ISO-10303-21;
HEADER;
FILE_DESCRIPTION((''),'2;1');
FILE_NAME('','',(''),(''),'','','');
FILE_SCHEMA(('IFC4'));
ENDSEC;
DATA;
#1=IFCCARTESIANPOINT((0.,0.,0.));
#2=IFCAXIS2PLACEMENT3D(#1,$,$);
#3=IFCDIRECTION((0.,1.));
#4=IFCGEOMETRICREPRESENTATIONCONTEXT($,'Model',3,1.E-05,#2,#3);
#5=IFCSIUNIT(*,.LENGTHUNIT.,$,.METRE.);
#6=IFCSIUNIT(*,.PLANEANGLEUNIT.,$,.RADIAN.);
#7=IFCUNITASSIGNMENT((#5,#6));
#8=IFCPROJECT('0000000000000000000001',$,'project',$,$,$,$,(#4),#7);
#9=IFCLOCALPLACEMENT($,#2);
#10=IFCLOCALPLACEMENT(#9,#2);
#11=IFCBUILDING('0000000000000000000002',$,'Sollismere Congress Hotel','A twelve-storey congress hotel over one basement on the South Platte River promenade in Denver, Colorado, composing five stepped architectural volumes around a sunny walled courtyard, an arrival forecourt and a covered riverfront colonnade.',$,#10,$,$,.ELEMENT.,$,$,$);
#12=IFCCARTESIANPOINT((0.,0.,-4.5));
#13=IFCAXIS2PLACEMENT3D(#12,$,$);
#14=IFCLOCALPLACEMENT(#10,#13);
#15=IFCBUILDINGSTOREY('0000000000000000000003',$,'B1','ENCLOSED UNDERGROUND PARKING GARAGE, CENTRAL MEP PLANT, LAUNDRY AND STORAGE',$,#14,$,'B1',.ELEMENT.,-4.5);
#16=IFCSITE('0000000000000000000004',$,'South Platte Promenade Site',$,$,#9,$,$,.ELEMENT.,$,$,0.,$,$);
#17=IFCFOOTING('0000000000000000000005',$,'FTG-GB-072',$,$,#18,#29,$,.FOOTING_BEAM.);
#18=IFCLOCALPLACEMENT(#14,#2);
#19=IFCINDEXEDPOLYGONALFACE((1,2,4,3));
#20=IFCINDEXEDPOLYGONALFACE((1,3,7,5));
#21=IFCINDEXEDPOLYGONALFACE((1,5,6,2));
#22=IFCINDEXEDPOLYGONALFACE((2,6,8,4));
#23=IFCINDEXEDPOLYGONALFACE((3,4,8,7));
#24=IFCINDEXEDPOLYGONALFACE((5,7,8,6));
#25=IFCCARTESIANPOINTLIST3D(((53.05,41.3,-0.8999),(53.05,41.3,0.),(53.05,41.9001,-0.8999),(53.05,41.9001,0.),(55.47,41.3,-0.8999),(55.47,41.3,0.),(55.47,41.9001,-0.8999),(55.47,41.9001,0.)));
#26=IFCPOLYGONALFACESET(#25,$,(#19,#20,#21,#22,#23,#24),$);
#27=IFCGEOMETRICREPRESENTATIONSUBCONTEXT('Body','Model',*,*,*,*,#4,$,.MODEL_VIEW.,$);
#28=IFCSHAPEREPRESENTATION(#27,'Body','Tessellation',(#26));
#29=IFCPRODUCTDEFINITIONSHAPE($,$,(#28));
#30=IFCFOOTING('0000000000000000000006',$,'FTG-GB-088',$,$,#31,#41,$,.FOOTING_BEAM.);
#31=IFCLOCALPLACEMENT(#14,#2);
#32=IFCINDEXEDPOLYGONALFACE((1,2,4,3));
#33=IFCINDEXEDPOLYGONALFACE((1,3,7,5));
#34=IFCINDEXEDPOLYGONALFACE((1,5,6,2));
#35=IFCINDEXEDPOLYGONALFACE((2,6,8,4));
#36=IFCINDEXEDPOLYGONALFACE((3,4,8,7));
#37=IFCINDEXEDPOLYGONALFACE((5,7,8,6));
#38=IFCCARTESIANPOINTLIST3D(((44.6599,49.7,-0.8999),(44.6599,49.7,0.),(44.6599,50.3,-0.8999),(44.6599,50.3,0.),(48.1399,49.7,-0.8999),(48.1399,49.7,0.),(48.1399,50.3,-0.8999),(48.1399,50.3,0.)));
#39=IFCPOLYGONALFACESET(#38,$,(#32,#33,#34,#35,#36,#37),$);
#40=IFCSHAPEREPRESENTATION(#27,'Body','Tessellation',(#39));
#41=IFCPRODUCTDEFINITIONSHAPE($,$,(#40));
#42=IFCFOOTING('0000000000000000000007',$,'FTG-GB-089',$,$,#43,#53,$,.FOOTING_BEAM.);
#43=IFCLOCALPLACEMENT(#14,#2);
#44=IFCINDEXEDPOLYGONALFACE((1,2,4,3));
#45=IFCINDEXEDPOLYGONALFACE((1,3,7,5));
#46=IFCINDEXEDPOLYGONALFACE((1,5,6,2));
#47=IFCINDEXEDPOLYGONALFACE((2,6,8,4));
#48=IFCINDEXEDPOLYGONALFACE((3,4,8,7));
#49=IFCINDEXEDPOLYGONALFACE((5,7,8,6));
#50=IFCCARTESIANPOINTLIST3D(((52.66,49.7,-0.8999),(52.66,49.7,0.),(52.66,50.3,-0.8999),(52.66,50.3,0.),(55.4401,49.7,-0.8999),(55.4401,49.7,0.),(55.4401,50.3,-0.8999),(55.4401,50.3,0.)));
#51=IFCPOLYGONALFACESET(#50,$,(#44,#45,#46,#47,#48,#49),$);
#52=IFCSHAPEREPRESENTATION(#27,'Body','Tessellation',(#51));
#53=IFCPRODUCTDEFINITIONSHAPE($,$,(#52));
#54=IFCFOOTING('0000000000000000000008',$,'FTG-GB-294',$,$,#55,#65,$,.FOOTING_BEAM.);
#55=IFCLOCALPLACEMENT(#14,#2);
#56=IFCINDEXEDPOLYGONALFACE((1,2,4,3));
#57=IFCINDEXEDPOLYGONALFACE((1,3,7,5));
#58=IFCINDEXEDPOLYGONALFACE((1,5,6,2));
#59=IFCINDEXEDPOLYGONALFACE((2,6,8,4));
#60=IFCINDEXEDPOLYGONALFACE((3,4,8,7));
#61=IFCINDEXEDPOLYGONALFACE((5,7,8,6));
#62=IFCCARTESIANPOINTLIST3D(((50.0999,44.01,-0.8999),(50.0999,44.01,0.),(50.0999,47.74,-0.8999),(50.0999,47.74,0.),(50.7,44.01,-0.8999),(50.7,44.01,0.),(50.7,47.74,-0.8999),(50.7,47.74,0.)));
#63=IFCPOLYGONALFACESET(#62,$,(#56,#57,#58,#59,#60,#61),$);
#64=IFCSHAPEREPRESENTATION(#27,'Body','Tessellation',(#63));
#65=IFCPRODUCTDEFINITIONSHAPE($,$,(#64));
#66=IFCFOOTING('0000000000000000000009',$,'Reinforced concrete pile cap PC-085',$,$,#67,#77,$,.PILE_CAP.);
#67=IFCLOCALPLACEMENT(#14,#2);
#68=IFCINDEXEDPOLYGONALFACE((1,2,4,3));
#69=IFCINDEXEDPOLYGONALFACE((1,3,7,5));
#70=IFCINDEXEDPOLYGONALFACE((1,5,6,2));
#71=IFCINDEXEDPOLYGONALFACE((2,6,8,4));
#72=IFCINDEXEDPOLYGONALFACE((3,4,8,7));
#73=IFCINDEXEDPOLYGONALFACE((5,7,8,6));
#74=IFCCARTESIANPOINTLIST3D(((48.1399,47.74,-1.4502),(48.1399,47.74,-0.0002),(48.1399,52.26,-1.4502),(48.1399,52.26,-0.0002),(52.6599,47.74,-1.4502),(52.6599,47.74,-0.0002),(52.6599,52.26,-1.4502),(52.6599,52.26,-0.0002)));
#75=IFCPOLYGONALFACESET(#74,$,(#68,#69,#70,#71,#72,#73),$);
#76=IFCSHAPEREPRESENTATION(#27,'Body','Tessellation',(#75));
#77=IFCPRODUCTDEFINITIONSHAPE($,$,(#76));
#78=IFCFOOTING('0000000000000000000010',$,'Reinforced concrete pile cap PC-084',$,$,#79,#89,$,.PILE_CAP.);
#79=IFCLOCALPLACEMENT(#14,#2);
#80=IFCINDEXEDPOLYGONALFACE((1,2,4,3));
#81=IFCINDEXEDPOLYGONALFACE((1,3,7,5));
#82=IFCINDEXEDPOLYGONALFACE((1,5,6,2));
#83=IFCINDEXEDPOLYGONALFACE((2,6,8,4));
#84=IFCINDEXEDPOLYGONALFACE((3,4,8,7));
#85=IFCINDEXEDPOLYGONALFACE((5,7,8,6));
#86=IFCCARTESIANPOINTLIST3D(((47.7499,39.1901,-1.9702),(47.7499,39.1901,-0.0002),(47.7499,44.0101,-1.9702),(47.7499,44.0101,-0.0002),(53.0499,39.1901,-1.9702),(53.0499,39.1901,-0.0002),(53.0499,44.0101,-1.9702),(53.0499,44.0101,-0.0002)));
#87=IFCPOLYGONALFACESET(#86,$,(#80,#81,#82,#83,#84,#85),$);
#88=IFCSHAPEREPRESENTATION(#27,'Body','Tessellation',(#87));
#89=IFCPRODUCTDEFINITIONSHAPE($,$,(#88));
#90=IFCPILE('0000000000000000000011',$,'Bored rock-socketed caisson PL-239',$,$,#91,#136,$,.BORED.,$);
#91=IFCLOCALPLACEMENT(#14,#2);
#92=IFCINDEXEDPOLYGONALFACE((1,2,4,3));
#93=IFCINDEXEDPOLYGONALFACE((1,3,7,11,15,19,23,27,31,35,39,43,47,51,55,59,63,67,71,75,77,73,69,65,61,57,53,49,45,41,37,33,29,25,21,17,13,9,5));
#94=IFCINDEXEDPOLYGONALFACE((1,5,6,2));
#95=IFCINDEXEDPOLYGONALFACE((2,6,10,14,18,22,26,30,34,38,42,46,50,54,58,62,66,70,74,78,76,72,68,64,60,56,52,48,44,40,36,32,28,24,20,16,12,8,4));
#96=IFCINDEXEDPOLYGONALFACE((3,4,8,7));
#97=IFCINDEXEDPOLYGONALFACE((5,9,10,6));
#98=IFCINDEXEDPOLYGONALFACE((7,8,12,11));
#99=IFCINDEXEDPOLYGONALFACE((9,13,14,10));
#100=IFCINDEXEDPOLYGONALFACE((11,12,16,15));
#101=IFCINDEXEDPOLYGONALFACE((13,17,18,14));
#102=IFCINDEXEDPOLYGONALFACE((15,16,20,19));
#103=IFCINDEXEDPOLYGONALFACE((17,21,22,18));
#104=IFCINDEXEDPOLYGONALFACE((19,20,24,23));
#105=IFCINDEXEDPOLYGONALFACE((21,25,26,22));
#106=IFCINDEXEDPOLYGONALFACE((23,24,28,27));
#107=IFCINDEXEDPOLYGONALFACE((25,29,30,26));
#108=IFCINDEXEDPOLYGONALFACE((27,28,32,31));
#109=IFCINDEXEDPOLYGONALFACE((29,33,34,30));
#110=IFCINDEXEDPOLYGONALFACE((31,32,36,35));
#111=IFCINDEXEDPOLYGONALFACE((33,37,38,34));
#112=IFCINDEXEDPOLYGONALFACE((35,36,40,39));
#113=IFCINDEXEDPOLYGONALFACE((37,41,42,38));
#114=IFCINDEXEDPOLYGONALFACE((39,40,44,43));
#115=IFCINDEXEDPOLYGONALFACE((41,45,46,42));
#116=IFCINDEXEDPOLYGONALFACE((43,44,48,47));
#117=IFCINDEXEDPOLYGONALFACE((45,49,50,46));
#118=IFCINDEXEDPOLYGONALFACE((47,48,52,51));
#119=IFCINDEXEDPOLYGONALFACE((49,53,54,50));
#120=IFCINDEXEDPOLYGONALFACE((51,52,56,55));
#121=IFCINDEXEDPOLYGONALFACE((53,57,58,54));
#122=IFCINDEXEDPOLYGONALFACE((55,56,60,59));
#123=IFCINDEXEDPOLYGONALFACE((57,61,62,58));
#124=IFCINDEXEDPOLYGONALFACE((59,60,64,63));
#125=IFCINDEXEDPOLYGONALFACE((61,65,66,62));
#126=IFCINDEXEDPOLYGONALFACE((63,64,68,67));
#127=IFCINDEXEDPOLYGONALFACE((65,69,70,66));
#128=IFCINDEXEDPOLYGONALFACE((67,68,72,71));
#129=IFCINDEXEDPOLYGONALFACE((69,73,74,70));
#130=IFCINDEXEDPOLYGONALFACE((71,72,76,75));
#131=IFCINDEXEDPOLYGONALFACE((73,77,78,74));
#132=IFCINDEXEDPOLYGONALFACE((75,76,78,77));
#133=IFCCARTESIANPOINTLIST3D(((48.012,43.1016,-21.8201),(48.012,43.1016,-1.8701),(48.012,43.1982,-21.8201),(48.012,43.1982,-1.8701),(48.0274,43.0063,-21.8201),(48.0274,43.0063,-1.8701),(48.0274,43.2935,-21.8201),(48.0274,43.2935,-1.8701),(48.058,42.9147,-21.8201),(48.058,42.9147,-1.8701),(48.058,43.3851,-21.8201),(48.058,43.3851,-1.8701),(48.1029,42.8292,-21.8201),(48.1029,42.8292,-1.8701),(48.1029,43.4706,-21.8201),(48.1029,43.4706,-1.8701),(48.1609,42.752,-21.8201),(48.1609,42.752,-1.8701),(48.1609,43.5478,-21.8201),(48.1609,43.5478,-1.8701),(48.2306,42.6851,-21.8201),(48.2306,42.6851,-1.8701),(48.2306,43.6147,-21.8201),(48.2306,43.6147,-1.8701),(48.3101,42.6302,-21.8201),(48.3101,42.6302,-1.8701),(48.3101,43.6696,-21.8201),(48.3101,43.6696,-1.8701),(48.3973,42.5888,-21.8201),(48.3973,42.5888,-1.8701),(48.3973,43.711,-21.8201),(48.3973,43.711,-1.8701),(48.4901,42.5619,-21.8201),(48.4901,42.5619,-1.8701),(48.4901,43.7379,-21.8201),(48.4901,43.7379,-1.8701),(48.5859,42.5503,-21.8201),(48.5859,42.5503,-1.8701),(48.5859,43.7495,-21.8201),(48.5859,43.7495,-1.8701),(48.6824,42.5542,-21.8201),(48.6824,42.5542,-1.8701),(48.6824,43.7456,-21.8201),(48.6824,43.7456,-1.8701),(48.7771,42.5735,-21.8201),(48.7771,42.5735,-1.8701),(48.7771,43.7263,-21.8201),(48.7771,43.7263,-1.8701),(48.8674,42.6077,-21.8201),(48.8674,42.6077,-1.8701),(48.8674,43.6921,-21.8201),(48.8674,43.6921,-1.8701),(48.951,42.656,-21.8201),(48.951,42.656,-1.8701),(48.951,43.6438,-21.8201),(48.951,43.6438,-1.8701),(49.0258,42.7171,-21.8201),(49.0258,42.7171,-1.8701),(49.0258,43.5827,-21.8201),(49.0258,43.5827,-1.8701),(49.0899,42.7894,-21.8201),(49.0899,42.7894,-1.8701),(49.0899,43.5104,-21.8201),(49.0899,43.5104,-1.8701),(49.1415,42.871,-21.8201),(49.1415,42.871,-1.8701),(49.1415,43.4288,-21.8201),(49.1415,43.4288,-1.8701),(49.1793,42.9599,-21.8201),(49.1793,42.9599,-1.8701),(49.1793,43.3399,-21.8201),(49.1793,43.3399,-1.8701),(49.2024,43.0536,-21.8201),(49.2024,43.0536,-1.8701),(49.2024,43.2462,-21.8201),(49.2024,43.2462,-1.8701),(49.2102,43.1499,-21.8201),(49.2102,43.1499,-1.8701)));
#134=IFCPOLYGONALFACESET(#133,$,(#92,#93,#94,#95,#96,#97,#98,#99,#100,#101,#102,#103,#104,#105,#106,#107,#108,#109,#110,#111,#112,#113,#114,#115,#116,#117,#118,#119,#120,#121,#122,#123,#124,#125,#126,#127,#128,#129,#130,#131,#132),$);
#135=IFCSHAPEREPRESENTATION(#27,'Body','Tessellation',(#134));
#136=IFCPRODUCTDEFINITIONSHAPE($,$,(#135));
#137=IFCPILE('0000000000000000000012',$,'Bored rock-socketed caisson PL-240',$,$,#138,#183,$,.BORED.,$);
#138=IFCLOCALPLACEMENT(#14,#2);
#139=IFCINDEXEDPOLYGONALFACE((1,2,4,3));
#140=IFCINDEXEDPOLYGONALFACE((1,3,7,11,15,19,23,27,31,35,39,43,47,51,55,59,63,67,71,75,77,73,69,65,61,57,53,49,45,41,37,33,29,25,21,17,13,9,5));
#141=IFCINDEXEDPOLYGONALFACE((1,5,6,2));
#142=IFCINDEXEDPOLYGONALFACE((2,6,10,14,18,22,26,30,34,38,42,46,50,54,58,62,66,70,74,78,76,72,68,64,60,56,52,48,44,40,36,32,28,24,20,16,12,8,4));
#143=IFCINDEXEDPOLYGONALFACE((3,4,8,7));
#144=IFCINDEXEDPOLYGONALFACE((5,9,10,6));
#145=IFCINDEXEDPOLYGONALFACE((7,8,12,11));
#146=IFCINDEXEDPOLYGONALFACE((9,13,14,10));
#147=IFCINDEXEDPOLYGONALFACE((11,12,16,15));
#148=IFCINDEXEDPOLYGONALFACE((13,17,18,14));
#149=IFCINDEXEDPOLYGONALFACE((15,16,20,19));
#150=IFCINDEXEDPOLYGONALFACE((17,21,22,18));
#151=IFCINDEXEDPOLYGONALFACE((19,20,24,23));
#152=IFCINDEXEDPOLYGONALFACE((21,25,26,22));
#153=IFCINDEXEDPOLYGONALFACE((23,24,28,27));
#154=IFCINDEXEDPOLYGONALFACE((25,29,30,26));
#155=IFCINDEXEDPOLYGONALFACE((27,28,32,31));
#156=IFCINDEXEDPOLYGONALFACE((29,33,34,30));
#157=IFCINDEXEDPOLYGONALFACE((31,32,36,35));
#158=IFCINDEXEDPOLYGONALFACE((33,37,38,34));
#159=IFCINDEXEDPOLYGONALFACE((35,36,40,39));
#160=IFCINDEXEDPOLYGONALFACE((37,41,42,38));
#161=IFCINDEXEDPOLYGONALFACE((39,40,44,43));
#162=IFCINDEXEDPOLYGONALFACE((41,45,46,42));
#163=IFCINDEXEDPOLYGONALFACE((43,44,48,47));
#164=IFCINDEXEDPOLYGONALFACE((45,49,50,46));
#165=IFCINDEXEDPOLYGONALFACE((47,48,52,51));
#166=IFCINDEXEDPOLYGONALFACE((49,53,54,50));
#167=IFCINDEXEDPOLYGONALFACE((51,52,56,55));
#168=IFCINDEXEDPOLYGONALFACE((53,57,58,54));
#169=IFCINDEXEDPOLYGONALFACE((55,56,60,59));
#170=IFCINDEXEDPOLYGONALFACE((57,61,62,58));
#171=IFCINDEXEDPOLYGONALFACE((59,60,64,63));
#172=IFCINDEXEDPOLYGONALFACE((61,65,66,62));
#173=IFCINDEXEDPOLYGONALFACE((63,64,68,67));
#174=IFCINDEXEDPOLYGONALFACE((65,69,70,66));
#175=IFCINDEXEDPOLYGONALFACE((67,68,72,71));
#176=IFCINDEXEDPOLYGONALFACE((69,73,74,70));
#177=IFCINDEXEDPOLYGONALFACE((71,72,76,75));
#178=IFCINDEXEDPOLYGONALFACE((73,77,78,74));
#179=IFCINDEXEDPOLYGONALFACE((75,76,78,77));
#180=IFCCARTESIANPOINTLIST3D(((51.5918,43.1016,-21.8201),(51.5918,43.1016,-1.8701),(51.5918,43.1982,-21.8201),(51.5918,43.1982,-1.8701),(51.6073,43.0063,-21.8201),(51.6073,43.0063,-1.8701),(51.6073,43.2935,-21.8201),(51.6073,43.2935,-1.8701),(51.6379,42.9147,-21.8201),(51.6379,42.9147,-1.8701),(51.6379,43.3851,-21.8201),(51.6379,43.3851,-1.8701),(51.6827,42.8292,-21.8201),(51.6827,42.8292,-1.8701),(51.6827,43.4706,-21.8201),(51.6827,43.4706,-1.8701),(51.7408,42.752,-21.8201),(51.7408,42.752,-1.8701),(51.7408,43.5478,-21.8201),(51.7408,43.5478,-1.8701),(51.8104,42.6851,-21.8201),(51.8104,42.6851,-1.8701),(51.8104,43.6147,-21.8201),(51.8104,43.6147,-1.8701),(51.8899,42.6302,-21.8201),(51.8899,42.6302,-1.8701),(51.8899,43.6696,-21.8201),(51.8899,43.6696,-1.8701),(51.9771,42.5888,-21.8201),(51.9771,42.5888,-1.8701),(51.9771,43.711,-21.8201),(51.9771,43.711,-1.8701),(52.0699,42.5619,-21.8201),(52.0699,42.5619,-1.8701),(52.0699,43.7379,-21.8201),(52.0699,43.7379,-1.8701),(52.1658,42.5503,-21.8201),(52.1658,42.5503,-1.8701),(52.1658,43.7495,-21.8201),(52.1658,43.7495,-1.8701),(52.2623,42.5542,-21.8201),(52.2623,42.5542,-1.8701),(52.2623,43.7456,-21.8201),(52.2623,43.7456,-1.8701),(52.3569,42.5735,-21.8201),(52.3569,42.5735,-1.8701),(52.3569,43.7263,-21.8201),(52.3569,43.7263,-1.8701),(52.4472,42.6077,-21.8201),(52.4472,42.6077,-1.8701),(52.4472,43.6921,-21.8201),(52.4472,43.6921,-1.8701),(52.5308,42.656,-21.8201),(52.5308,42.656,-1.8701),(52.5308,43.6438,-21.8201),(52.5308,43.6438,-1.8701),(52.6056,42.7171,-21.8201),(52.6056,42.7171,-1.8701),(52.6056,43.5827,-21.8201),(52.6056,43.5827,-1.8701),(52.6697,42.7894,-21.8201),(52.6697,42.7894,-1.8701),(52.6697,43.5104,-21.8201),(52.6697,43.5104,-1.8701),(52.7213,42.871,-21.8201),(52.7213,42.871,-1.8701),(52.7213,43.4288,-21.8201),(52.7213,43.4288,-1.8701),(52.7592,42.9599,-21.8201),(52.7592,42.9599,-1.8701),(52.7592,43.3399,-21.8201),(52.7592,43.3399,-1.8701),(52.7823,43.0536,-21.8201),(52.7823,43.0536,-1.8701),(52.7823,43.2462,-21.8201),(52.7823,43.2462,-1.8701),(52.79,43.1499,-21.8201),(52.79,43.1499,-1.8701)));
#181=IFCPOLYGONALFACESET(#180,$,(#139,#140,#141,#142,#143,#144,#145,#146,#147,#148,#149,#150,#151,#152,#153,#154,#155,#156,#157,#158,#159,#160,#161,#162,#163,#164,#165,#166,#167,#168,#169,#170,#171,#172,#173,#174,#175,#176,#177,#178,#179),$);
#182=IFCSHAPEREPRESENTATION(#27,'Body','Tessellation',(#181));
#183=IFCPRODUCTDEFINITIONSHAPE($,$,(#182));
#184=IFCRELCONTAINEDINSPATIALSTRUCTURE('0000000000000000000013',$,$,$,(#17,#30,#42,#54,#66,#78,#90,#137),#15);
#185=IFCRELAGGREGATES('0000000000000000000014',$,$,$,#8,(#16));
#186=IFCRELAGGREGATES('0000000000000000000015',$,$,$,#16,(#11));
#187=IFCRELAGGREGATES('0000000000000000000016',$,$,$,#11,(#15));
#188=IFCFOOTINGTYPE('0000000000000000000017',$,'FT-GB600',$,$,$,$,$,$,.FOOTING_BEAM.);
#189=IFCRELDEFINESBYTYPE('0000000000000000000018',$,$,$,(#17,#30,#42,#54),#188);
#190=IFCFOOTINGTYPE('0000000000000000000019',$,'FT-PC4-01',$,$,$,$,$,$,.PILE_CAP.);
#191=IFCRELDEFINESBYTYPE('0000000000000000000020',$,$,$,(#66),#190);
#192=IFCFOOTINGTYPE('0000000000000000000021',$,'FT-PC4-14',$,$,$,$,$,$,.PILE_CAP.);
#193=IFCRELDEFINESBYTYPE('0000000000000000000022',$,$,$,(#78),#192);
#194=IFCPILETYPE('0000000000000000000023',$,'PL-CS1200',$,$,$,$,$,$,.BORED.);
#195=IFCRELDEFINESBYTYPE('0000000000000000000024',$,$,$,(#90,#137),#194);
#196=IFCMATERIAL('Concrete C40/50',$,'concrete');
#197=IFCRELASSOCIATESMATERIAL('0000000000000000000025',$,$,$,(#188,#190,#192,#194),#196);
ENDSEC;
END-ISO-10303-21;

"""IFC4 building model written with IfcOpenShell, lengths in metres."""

from ifc_helpers import new_model, si_unit, direction, frame, origin, origin_2d, place, context, subcontext, project, spatial, rectangle, circle, extrude, material, material_profile, profile_set, type_object, element, save


model = new_model("IFC4")

# Units and contexts
model_context = context("Model", 3, precision=1e-05, world=origin(), true_north=direction((0.0, 1.0)))
body_context = subcontext(model_context, "Body", "Model", "MODEL_VIEW")
ifc_project = project(units=[si_unit("LENGTHUNIT", "METRE"), si_unit("PLANEANGLEUNIT", "RADIAN")], contexts=[model_context])

# Site, building, storey
site_placement = place(None, origin())
site = spatial("IfcSite", under=ifc_project, at=site_placement, Name="South Platte Promenade Site", CompositionType="ELEMENT", RefElevation=0.0)
building_placement = place(site_placement, origin())
building = spatial("IfcBuilding", under=site, at=building_placement, Name="Sollismere Congress Hotel", Description="A twelve-storey congress hotel over one basement on the South Platte River promenade in Denver, Colorado, composing five stepped architectural volumes around a sunny walled courtyard, an arrival forecourt and a covered riverfront colonnade.", CompositionType="ELEMENT")
storey_placement = place(building_placement, frame((0.0, 0.0, -4.5)))
storey = spatial("IfcBuildingStorey", under=building, at=storey_placement, Name="B1", Description="ENCLOSED UNDERGROUND PARKING GARAGE, CENTRAL MEP PLANT, LAUNDRY AND STORAGE", LongName="B1", CompositionType="ELEMENT", Elevation=-4.5)

# Footings
ifc_material_1 = material(Name="Concrete C40/50", Category="concrete")
footing_type_1 = type_object("IfcFootingType", Name="FT-GB600", PredefinedType="FOOTING_BEAM", material=ifc_material_1)
footing_1_placement = place(storey_placement, frame((54.26, 41.6001, -0.8999), z_axis=(0.0, 0.0, 1.0), x_axis=(1.0, 0.0, 0.0)))
element("IfcFooting", 1, at=footing_1_placement, inside=storey, type_object=footing_type_1, Name="FTG-GB-072", PredefinedType="FOOTING_BEAM", context=body_context, shape_type="SweptSolid", body=[
    extrude(rectangle(XDim=2.4199, YDim=0.6001, at=origin_2d()), origin(), (0.0, 0.0, 1.0), 0.8999),
])
footing_2_placement = place(storey_placement, frame((46.3999, 50.0, -0.8999), z_axis=(0.0, 0.0, 1.0), x_axis=(1.0, 0.0, 0.0)))
element("IfcFooting", 2, at=footing_2_placement, inside=storey, type_object=footing_type_1, Name="FTG-GB-088", PredefinedType="FOOTING_BEAM", context=body_context, shape_type="SweptSolid", body=[
    extrude(rectangle(XDim=3.48, YDim=0.6001, at=origin_2d()), origin(), (0.0, 0.0, 1.0), 0.8999),
])
footing_3_placement = place(storey_placement, frame((54.05, 50.0, -0.8999), z_axis=(0.0, 0.0, 1.0), x_axis=(1.0, 0.0, 0.0)))
element("IfcFooting", 3, at=footing_3_placement, inside=storey, type_object=footing_type_1, Name="FTG-GB-089", PredefinedType="FOOTING_BEAM", context=body_context, shape_type="SweptSolid", body=[
    extrude(rectangle(XDim=2.78, YDim=0.6001, at=origin_2d()), origin(), (0.0, 0.0, 1.0), 0.8999),
])
footing_4_placement = place(storey_placement, frame((50.3999, 45.875, -0.8999), z_axis=(0.0, 0.0, 1.0), x_axis=(0.0, 1.0, 0.0)))
element("IfcFooting", 4, at=footing_4_placement, inside=storey, type_object=footing_type_1, Name="FTG-GB-294", PredefinedType="FOOTING_BEAM", context=body_context, shape_type="SweptSolid", body=[
    extrude(rectangle(XDim=3.73, YDim=0.6001, at=origin_2d()), origin(), (0.0, 0.0, 1.0), 0.8999),
])
footing_type_2 = type_object("IfcFootingType", Name="FT-PC4-01", PredefinedType="PILE_CAP", material=ifc_material_1)
footing_5_placement = place(storey_placement, frame((50.3999, 50.0, -1.4502), z_axis=(0.0, 0.0, 1.0), x_axis=(1.0, 0.0, 0.0)))
element("IfcFooting", 5, at=footing_5_placement, inside=storey, type_object=footing_type_2, Name="Reinforced concrete pile cap PC-085", PredefinedType="PILE_CAP", context=body_context, shape_type="SweptSolid", body=[
    extrude(rectangle(XDim=4.52, YDim=4.52, at=origin_2d()), origin(), (0.0, 0.0, 1.0), 1.45),
])
footing_type_3 = type_object("IfcFootingType", Name="FT-PC4-14", PredefinedType="PILE_CAP", material=ifc_material_1)
footing_6_placement = place(storey_placement, frame((50.3999, 41.6001, -1.9702), z_axis=(0.0, 0.0, 1.0), x_axis=(1.0, 0.0, 0.0)))
element("IfcFooting", 6, at=footing_6_placement, inside=storey, type_object=footing_type_3, Name="Reinforced concrete pile cap PC-084", PredefinedType="PILE_CAP", context=body_context, shape_type="SweptSolid", body=[
    extrude(rectangle(XDim=5.3, YDim=4.8201, at=origin_2d()), origin(), (0.0, 0.0, 1.0), 1.97),
])

# Piles
ifc_material_profile_1 = material_profile(ifc_material_1, circle(Radius=0.6001, at=origin_2d()), Name="CAISSON1200")
ifc_profile_set_1 = profile_set([ifc_material_profile_1], Name="Concrete C40/50")
pile_type = type_object("IfcPileType", Name="PL-CS1200", PredefinedType="BORED", material=ifc_profile_set_1)
for number, where, z_axis, x_axis, name in (
    (7, (48.6101, 43.1499, -1.8701), (0.0, 0.0, -1.0), (1.0, 0.0, 0.0), "Bored rock-socketed caisson PL-239"),
    (8, (52.1899, 43.1499, -1.8701), (0.0, 0.0, -1.0), (1.0, 0.0, 0.0), "Bored rock-socketed caisson PL-240"),
):
    element("IfcPile", number, at=place(storey_placement, frame(where, z_axis=z_axis, x_axis=x_axis)), inside=storey, type_object=pile_type, Name=name, PredefinedType="BORED", context=body_context, shape_type="SweptSolid", body=[
        extrude(circle(Radius=0.6001, at=origin_2d()), origin(), (0.0, 0.0, 1.0), 19.95),
    ])

save(model, "model.ifc")
